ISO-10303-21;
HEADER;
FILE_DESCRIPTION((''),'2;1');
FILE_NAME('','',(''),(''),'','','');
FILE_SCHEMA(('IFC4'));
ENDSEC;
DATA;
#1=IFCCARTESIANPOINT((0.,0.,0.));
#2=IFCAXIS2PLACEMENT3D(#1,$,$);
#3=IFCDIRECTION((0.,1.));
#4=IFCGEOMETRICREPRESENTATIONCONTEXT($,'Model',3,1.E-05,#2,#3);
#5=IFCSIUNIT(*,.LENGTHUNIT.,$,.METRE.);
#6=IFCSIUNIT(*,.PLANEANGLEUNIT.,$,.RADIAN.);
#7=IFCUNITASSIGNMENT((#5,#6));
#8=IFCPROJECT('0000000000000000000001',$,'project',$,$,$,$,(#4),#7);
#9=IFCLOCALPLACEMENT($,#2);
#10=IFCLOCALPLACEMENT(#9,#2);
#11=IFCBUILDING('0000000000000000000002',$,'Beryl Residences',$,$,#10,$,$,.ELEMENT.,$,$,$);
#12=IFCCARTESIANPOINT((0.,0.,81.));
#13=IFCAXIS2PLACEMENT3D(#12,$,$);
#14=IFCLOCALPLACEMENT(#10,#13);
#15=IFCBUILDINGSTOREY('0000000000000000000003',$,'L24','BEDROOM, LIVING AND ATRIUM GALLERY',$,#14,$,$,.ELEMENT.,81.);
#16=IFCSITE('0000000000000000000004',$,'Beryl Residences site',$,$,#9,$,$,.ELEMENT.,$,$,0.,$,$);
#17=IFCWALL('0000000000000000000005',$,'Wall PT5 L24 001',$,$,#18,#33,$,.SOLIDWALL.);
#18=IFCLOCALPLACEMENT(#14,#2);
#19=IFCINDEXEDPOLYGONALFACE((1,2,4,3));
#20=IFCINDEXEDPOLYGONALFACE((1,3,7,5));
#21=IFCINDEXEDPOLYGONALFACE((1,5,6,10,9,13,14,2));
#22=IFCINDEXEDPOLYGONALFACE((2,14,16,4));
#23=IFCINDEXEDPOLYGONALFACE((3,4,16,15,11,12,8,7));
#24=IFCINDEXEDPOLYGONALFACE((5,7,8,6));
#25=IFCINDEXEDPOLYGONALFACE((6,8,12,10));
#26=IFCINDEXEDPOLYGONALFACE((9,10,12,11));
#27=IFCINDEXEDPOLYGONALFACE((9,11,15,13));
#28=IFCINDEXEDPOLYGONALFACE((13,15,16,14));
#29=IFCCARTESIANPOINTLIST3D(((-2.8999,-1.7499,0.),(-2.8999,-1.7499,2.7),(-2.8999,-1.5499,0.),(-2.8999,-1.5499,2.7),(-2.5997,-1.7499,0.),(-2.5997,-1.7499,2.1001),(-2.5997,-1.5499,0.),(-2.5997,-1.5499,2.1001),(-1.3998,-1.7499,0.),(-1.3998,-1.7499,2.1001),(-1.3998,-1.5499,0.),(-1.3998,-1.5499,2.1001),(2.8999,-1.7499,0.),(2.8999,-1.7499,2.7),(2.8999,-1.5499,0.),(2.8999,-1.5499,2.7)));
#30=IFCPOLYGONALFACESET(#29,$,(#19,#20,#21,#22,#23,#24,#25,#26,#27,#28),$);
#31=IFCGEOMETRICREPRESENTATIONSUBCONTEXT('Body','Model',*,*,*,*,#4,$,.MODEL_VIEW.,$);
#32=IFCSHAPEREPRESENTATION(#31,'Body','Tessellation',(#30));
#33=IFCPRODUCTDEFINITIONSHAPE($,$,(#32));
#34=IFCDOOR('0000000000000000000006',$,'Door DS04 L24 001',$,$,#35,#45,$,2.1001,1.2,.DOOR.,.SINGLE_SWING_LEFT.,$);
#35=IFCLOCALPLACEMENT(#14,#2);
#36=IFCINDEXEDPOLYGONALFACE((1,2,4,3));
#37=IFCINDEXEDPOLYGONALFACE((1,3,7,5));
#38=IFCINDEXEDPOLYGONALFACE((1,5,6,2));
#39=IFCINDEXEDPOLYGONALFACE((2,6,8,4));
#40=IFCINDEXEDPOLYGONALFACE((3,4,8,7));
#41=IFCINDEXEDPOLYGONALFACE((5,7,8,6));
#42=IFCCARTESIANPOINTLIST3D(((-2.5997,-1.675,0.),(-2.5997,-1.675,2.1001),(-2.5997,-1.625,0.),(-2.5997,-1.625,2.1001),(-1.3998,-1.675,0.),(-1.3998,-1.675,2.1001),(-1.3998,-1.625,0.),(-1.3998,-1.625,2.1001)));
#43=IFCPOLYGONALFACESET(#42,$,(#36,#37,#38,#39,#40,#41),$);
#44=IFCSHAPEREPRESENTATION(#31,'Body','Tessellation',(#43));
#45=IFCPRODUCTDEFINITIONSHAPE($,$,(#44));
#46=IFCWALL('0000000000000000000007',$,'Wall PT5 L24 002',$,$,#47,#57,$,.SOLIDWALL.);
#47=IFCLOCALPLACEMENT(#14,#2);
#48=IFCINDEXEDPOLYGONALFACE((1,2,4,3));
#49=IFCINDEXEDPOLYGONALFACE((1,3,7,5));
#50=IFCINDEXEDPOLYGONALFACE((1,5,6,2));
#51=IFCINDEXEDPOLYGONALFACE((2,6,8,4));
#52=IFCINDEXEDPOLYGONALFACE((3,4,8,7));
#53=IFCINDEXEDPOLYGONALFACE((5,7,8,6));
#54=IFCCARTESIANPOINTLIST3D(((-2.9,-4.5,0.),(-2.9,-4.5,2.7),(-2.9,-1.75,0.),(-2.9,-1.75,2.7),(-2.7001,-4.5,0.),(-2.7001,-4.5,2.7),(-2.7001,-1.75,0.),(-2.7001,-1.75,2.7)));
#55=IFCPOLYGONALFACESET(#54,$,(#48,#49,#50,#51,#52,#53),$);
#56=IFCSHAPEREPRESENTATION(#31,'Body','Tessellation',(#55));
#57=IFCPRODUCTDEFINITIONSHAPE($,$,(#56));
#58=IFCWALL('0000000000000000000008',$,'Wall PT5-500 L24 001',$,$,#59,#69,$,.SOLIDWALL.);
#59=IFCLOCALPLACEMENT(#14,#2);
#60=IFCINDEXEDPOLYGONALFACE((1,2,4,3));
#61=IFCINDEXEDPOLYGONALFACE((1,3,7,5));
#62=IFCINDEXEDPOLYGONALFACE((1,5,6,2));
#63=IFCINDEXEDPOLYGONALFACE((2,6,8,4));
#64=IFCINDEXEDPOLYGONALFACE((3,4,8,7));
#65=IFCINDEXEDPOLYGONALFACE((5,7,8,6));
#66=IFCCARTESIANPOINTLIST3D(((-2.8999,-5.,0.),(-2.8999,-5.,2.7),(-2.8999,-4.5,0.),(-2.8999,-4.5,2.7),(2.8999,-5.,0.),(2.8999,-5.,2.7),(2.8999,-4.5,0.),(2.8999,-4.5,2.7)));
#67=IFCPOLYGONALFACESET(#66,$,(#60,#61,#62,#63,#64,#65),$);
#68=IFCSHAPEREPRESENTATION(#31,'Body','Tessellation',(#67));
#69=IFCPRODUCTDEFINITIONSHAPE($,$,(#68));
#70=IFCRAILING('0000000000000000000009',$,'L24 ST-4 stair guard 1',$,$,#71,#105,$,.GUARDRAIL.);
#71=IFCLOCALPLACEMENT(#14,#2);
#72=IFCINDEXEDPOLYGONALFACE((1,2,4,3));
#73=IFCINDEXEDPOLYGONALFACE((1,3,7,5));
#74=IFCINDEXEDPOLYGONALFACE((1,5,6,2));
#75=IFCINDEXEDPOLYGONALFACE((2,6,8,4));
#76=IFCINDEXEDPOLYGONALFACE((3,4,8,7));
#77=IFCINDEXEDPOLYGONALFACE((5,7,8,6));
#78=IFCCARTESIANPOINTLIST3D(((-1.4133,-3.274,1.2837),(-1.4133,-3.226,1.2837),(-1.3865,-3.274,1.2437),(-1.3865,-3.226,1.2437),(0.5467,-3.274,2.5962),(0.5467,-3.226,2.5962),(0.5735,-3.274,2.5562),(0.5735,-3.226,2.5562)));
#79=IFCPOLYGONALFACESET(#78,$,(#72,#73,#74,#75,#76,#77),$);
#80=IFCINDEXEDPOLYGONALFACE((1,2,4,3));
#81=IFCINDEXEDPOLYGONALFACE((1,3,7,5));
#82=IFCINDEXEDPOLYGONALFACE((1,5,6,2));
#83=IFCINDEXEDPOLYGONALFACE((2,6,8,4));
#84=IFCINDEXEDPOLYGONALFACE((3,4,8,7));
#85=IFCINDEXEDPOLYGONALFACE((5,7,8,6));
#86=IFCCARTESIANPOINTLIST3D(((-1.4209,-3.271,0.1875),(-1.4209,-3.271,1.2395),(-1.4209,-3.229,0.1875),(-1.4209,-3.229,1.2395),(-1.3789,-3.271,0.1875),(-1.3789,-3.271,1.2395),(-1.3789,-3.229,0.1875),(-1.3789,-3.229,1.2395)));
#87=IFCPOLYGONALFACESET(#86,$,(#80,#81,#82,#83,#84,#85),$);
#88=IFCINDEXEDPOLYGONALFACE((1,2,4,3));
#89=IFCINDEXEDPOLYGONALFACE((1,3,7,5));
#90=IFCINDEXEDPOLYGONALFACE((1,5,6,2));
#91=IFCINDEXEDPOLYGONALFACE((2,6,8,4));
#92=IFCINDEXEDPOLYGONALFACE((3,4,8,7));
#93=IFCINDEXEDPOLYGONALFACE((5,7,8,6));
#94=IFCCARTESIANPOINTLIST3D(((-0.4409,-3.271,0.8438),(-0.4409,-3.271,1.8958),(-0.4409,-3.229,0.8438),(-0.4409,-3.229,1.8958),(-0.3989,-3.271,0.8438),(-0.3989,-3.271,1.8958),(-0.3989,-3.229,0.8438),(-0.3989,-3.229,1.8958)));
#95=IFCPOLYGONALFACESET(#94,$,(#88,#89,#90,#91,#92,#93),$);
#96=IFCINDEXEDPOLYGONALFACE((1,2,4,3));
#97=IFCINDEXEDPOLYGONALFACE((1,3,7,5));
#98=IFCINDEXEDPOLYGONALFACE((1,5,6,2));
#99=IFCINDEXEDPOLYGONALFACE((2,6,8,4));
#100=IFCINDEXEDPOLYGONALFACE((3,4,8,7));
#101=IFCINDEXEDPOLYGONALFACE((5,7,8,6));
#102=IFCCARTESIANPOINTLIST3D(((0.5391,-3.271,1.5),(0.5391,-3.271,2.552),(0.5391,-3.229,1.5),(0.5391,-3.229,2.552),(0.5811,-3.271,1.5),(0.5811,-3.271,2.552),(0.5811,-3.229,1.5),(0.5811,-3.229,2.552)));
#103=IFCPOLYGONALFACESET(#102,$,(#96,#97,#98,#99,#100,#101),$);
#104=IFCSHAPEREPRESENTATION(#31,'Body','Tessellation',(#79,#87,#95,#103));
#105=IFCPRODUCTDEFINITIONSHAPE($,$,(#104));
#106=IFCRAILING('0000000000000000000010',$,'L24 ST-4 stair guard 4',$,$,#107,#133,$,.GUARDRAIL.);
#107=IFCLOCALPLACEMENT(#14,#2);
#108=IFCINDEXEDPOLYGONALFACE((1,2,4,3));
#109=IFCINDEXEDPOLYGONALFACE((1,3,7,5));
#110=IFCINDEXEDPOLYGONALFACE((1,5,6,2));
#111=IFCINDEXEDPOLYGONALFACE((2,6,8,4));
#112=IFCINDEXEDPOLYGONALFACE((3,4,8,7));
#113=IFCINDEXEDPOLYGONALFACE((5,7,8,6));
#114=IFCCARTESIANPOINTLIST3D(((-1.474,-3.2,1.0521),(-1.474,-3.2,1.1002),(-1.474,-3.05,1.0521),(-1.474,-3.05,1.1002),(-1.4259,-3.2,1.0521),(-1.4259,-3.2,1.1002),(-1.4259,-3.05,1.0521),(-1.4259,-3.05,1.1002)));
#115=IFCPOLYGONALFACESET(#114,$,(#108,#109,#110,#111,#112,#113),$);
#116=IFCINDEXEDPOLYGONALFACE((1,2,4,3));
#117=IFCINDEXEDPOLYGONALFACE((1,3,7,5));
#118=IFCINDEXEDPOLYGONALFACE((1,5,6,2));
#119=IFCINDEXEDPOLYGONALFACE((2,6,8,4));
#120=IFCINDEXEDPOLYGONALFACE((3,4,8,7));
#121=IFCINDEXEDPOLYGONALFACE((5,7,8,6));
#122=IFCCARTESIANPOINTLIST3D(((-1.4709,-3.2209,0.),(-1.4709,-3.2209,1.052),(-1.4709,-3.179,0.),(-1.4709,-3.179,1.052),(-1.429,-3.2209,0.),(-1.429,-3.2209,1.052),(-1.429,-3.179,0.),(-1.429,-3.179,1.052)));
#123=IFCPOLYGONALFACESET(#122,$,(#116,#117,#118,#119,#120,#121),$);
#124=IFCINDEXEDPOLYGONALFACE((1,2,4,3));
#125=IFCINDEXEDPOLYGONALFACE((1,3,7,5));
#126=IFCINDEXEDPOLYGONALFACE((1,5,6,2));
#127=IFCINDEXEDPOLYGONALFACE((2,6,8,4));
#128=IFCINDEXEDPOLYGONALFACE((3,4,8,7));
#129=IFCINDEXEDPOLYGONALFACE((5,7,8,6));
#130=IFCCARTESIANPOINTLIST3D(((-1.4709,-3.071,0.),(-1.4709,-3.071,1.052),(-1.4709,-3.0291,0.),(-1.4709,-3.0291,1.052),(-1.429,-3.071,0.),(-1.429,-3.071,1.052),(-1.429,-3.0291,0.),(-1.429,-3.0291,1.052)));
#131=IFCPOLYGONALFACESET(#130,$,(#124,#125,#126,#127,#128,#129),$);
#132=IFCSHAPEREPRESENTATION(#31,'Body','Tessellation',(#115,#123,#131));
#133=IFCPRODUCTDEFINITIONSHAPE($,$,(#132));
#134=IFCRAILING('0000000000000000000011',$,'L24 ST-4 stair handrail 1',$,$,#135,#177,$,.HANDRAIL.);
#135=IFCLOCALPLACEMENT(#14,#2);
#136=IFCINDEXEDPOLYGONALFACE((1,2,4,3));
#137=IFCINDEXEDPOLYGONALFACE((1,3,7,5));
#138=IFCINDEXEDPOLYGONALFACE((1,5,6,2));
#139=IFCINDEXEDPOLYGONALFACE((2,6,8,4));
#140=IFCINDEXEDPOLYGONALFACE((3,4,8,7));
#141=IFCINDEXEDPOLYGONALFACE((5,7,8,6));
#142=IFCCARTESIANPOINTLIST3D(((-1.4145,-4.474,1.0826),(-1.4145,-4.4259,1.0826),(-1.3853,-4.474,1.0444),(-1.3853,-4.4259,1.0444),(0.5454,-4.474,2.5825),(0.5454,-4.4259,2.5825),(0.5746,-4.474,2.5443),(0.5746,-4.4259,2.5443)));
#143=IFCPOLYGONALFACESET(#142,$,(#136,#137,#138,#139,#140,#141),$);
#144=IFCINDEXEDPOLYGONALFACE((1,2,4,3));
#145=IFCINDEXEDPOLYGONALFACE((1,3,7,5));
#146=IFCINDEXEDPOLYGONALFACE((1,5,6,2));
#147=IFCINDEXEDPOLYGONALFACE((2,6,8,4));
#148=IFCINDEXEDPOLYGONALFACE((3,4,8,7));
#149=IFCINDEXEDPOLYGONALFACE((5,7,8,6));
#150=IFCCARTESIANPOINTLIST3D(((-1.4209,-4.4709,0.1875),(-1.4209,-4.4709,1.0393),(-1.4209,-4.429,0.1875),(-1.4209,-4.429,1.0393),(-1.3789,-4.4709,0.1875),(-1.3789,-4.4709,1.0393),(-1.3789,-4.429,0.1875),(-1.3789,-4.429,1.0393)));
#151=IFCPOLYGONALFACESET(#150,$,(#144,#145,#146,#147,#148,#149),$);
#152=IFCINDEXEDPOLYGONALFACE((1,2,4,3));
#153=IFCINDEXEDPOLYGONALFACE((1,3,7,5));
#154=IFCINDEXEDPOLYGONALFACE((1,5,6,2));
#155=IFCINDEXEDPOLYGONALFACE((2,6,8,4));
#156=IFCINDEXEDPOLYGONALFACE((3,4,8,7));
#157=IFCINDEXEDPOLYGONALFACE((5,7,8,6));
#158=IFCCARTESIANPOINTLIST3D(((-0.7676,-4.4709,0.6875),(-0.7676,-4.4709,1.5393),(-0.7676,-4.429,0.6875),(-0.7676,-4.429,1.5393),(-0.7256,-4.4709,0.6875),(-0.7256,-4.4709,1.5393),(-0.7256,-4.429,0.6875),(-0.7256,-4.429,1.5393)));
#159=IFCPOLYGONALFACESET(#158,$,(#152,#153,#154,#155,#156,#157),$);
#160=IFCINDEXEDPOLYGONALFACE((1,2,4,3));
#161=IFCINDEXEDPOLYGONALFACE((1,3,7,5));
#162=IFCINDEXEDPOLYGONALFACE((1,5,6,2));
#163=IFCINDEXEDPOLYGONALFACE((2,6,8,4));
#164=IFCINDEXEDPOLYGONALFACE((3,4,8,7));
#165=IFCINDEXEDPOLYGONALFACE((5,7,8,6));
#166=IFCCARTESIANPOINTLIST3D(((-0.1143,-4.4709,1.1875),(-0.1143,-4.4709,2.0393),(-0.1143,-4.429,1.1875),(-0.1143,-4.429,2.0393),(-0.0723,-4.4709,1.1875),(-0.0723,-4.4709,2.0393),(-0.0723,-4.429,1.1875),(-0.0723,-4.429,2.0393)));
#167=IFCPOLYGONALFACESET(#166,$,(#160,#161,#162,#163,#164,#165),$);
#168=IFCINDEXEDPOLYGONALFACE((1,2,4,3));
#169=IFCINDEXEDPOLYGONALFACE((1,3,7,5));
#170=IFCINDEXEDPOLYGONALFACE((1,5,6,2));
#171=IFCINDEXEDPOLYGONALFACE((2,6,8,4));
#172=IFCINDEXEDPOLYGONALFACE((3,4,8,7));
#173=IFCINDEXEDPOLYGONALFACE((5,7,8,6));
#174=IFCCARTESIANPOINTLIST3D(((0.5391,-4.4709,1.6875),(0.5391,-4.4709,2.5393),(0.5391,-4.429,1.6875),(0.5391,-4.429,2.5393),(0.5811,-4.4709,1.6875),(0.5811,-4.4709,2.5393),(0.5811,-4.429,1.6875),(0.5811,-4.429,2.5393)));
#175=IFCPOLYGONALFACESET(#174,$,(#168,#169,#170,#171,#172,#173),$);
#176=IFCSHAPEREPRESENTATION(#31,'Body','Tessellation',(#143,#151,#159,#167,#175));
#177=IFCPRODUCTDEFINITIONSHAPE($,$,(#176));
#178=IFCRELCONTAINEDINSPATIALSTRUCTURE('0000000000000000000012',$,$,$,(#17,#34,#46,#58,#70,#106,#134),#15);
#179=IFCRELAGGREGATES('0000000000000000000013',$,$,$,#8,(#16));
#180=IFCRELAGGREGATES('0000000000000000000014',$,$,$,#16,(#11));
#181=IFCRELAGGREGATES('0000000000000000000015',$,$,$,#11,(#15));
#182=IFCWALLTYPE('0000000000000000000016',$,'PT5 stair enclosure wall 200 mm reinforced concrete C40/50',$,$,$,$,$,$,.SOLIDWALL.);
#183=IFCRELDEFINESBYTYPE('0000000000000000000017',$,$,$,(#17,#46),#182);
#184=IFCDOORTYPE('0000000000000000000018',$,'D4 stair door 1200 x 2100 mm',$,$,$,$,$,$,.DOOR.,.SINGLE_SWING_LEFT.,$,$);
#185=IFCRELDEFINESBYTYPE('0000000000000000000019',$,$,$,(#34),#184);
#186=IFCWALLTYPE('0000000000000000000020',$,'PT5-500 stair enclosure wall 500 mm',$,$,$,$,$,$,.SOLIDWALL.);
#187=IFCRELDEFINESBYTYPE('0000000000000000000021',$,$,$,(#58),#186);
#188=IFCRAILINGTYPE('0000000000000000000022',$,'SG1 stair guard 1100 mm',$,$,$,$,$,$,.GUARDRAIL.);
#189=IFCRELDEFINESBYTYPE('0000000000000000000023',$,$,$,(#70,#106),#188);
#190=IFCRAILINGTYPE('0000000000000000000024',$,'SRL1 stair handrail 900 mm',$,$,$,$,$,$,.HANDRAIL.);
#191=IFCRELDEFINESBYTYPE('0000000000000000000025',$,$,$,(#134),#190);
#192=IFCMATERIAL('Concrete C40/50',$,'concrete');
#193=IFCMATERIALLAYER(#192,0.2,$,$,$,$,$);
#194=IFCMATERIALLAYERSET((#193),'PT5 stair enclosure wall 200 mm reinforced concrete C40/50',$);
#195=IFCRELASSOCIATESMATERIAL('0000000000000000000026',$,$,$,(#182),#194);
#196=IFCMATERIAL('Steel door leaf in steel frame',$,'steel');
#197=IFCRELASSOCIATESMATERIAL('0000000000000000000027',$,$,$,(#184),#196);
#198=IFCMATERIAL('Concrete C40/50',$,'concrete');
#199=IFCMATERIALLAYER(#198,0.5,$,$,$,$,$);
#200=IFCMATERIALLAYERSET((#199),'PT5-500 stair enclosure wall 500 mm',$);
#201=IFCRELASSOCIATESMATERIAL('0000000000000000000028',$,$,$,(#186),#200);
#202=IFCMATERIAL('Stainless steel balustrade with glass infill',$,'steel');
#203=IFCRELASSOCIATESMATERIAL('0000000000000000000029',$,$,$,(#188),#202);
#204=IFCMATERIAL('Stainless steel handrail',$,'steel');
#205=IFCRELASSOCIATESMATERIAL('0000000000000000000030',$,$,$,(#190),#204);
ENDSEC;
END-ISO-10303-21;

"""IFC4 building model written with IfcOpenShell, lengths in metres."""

from ifc_helpers import new_model, si_unit, direction, frame, frame_2d, origin, origin_2d, place, context, subcontext, project, spatial, rectangle, extrude, material, layer, layer_set, type_object, element, fill, save


model = new_model("IFC4")

# Units and contexts
model_context = context("Model", 3, precision=1e-05, world=origin(), true_north=direction((0.0, 1.0)))
body_context = subcontext(model_context, "Body", "Model", "MODEL_VIEW")
ifc_project = project(units=[si_unit("LENGTHUNIT", "METRE"), si_unit("PLANEANGLEUNIT", "RADIAN")], contexts=[model_context])

# Site, building, storey
site_placement = place(None, origin())
site = spatial("IfcSite", under=ifc_project, at=site_placement, Name="Beryl Residences site", CompositionType="ELEMENT", RefElevation=0.0)
building_placement = place(site_placement, origin())
building = spatial("IfcBuilding", under=site, at=building_placement, Name="Beryl Residences", CompositionType="ELEMENT")
storey_placement = place(building_placement, frame((0.0, 0.0, 81.0)))
storey = spatial("IfcBuildingStorey", under=building, at=storey_placement, Name="L24", Description="BEDROOM, LIVING AND ATRIUM GALLERY", CompositionType="ELEMENT", Elevation=81.0)

# Wall, opening, door
ifc_material_1 = material(Name="Concrete C40/50", Category="concrete")
ifc_layer_1 = layer(ifc_material_1, 0.2)
ifc_layer_set_1 = layer_set([ifc_layer_1], Name="PT5 stair enclosure wall 200 mm reinforced concrete C40/50")
wall_type_1 = type_object("IfcWallType", Name="PT5 stair enclosure wall 200 mm reinforced concrete C40/50", PredefinedType="SOLIDWALL", material=ifc_layer_set_1)
wall_1_placement = place(storey_placement, frame((-2.8999, -1.6499, 0.0), z_axis=(0.0, 0.0, 1.0), x_axis=(1.0, 0.0, 0.0)))
wall_1 = element("IfcWall", 1, at=wall_1_placement, inside=storey, type_object=wall_type_1, Name="Wall PT5 L24 001", PredefinedType="SOLIDWALL", context=body_context, shape_type="SweptSolid", body=[
    extrude(rectangle(XDim=5.7998, YDim=0.2, at=frame_2d((2.8999, 0.0))), origin(), (0.0, 0.0, 1.0), 2.7),
])
opening_1_placement = place(wall_1_placement, frame((0.3, 0.0, 0.0)))
opening_1 = element("IfcOpeningElement", 2, at=opening_1_placement, cuts=wall_1, PredefinedType="OPENING", context=body_context, shape_type="SweptSolid", body=[
    extrude(rectangle(XDim=1.2, YDim=2.1001, at=frame_2d((0.6001, 1.05))), frame((0.0, 0.1099, 0.0), z_axis=(0.0, -1.0, 0.0), x_axis=(1.0, 0.0, 0.0)), (0.0, 0.0, 1.0), 0.22),
])
ifc_material_2 = material(Name="Steel door leaf in steel frame", Category="steel")
door_type_1 = type_object("IfcDoorType", Name="D4 stair door 1200 x 2100 mm", OperationType="SINGLE_SWING_LEFT", PredefinedType="DOOR", material=ifc_material_2)
door_1_placement = place(opening_1_placement, origin())
door_1 = element("IfcDoor", 3, at=door_1_placement, inside=storey, type_object=door_type_1, Name="Door DS04 L24 001", OperationType="SINGLE_SWING_LEFT", OverallHeight=2.1001, OverallWidth=1.2, PredefinedType="DOOR", context=body_context, shape_type="SweptSolid", body=[
    extrude(rectangle(XDim=1.2, YDim=2.1001, at=frame_2d((0.6001, 1.05))), frame((0.0, 0.0249, 0.0), z_axis=(0.0, -1.0, 0.0), x_axis=(1.0, 0.0, 0.0)), (0.0, 0.0, 1.0), 0.05),
])
fill(opening_1, door_1)

# Walls
wall_2_placement = place(storey_placement, frame((-2.8, -4.5, 0.0), z_axis=(0.0, 0.0, 1.0), x_axis=(0.0, 1.0, 0.0)))
element("IfcWall", 4, at=wall_2_placement, inside=storey, type_object=wall_type_1, Name="Wall PT5 L24 002", PredefinedType="SOLIDWALL", context=body_context, shape_type="SweptSolid", body=[
    extrude(rectangle(XDim=2.75, YDim=0.2, at=frame_2d((1.375, 0.0))), origin(), (0.0, 0.0, 1.0), 2.7),
])
ifc_material_3 = material(Name="Concrete C40/50", Category="concrete")
ifc_layer_2 = layer(ifc_material_3, 0.5)
ifc_layer_set_2 = layer_set([ifc_layer_2], Name="PT5-500 stair enclosure wall 500 mm")
wall_type_2 = type_object("IfcWallType", Name="PT5-500 stair enclosure wall 500 mm", PredefinedType="SOLIDWALL", material=ifc_layer_set_2)
wall_3_placement = place(storey_placement, frame((-2.8999, -4.75, 0.0), z_axis=(0.0, 0.0, 1.0), x_axis=(1.0, 0.0, 0.0)))
element("IfcWall", 5, at=wall_3_placement, inside=storey, type_object=wall_type_2, Name="Wall PT5-500 L24 001", PredefinedType="SOLIDWALL", context=body_context, shape_type="SweptSolid", body=[
    extrude(rectangle(XDim=5.7998, YDim=0.5, at=frame_2d((2.8999, 0.0))), origin(), (0.0, 0.0, 1.0), 2.7),
])

# Railings
ifc_material_4 = material(Name="Stainless steel balustrade with glass infill", Category="steel")
railing_type_1 = type_object("IfcRailingType", Name="SG1 stair guard 1100 mm", PredefinedType="GUARDRAIL", material=ifc_material_4)
railing_1_placement = place(storey_placement, frame((-1.3999, -3.25, 0.1875)))
element("IfcRailing", 6, at=railing_1_placement, inside=storey, type_object=railing_type_1, Name="L24 ST-4 stair guard 1", PredefinedType="GUARDRAIL", context=body_context, shape_type="SweptSolid", body=[
    extrude(rectangle(XDim=0.0481, YDim=0.0481, at=origin_2d()), frame((0.0, 0.0, 1.0762), z_axis=(0.830902, 0.0, 0.556419), x_axis=(0.0, 1.0, 0.0)), (0.0, 0.0, 1.0), 2.3589),
    extrude(rectangle(XDim=0.042, YDim=0.042, at=origin_2d()), origin(), (0.0, 0.0, 1.0), 1.052),
    extrude(rectangle(XDim=0.042, YDim=0.042, at=origin_2d()), frame((0.98, 0.0, 0.6562)), (0.0, 0.0, 1.0), 1.052),
    extrude(rectangle(XDim=0.042, YDim=0.042, at=origin_2d()), frame((1.96, 0.0, 1.3125)), (0.0, 0.0, 1.0), 1.052),
])
railing_2_placement = place(storey_placement, frame((-1.45, -3.2, 0.0)))
element("IfcRailing", 7, at=railing_2_placement, inside=storey, type_object=railing_type_1, Name="L24 ST-4 stair guard 4", PredefinedType="GUARDRAIL", context=body_context, shape_type="SweptSolid", body=[
    extrude(rectangle(XDim=0.0481, YDim=0.0481, at=origin_2d()), frame((0.0, 0.0, 1.0762), z_axis=(0.0, 1.0, 0.0), x_axis=(-1.0, 0.0, 0.0)), (0.0, 0.0, 1.0), 0.1499),
    extrude(rectangle(XDim=0.042, YDim=0.042, at=origin_2d()), origin(), (0.0, 0.0, 1.0), 1.052),
    extrude(rectangle(XDim=0.042, YDim=0.042, at=origin_2d()), frame((0.0, 0.1499, 0.0)), (0.0, 0.0, 1.0), 1.052),
])
ifc_material_5 = material(Name="Stainless steel handrail", Category="steel")
railing_type_2 = type_object("IfcRailingType", Name="SRL1 stair handrail 900 mm", PredefinedType="HANDRAIL", material=ifc_material_5)
railing_3_placement = place(storey_placement, frame((-1.3999, -4.45, 0.1875)))
element("IfcRailing", 8, at=railing_3_placement, inside=storey, type_object=railing_type_2, Name="L24 ST-4 stair handrail 1", PredefinedType="HANDRAIL", context=body_context, shape_type="SweptSolid", body=[
    extrude(rectangle(XDim=0.0481, YDim=0.0481, at=origin_2d()), frame((0.0, 0.0, 0.876), z_axis=(0.794122, 0.0, 0.607758), x_axis=(0.0, 1.0, 0.0)), (0.0, 0.0, 1.0), 2.468),
    extrude(rectangle(XDim=0.042, YDim=0.042, at=origin_2d()), origin(), (0.0, 0.0, 1.0), 0.8518),
    extrude(rectangle(XDim=0.042, YDim=0.042, at=origin_2d()), frame((0.6533, 0.0, 0.5)), (0.0, 0.0, 1.0), 0.8518),
    extrude(rectangle(XDim=0.042, YDim=0.042, at=origin_2d()), frame((1.3066, 0.0, 1.0)), (0.0, 0.0, 1.0), 0.8518),
    extrude(rectangle(XDim=0.042, YDim=0.042, at=origin_2d()), frame((1.96, 0.0, 1.5)), (0.0, 0.0, 1.0), 0.8518),
])

save(model, "model.ifc")
